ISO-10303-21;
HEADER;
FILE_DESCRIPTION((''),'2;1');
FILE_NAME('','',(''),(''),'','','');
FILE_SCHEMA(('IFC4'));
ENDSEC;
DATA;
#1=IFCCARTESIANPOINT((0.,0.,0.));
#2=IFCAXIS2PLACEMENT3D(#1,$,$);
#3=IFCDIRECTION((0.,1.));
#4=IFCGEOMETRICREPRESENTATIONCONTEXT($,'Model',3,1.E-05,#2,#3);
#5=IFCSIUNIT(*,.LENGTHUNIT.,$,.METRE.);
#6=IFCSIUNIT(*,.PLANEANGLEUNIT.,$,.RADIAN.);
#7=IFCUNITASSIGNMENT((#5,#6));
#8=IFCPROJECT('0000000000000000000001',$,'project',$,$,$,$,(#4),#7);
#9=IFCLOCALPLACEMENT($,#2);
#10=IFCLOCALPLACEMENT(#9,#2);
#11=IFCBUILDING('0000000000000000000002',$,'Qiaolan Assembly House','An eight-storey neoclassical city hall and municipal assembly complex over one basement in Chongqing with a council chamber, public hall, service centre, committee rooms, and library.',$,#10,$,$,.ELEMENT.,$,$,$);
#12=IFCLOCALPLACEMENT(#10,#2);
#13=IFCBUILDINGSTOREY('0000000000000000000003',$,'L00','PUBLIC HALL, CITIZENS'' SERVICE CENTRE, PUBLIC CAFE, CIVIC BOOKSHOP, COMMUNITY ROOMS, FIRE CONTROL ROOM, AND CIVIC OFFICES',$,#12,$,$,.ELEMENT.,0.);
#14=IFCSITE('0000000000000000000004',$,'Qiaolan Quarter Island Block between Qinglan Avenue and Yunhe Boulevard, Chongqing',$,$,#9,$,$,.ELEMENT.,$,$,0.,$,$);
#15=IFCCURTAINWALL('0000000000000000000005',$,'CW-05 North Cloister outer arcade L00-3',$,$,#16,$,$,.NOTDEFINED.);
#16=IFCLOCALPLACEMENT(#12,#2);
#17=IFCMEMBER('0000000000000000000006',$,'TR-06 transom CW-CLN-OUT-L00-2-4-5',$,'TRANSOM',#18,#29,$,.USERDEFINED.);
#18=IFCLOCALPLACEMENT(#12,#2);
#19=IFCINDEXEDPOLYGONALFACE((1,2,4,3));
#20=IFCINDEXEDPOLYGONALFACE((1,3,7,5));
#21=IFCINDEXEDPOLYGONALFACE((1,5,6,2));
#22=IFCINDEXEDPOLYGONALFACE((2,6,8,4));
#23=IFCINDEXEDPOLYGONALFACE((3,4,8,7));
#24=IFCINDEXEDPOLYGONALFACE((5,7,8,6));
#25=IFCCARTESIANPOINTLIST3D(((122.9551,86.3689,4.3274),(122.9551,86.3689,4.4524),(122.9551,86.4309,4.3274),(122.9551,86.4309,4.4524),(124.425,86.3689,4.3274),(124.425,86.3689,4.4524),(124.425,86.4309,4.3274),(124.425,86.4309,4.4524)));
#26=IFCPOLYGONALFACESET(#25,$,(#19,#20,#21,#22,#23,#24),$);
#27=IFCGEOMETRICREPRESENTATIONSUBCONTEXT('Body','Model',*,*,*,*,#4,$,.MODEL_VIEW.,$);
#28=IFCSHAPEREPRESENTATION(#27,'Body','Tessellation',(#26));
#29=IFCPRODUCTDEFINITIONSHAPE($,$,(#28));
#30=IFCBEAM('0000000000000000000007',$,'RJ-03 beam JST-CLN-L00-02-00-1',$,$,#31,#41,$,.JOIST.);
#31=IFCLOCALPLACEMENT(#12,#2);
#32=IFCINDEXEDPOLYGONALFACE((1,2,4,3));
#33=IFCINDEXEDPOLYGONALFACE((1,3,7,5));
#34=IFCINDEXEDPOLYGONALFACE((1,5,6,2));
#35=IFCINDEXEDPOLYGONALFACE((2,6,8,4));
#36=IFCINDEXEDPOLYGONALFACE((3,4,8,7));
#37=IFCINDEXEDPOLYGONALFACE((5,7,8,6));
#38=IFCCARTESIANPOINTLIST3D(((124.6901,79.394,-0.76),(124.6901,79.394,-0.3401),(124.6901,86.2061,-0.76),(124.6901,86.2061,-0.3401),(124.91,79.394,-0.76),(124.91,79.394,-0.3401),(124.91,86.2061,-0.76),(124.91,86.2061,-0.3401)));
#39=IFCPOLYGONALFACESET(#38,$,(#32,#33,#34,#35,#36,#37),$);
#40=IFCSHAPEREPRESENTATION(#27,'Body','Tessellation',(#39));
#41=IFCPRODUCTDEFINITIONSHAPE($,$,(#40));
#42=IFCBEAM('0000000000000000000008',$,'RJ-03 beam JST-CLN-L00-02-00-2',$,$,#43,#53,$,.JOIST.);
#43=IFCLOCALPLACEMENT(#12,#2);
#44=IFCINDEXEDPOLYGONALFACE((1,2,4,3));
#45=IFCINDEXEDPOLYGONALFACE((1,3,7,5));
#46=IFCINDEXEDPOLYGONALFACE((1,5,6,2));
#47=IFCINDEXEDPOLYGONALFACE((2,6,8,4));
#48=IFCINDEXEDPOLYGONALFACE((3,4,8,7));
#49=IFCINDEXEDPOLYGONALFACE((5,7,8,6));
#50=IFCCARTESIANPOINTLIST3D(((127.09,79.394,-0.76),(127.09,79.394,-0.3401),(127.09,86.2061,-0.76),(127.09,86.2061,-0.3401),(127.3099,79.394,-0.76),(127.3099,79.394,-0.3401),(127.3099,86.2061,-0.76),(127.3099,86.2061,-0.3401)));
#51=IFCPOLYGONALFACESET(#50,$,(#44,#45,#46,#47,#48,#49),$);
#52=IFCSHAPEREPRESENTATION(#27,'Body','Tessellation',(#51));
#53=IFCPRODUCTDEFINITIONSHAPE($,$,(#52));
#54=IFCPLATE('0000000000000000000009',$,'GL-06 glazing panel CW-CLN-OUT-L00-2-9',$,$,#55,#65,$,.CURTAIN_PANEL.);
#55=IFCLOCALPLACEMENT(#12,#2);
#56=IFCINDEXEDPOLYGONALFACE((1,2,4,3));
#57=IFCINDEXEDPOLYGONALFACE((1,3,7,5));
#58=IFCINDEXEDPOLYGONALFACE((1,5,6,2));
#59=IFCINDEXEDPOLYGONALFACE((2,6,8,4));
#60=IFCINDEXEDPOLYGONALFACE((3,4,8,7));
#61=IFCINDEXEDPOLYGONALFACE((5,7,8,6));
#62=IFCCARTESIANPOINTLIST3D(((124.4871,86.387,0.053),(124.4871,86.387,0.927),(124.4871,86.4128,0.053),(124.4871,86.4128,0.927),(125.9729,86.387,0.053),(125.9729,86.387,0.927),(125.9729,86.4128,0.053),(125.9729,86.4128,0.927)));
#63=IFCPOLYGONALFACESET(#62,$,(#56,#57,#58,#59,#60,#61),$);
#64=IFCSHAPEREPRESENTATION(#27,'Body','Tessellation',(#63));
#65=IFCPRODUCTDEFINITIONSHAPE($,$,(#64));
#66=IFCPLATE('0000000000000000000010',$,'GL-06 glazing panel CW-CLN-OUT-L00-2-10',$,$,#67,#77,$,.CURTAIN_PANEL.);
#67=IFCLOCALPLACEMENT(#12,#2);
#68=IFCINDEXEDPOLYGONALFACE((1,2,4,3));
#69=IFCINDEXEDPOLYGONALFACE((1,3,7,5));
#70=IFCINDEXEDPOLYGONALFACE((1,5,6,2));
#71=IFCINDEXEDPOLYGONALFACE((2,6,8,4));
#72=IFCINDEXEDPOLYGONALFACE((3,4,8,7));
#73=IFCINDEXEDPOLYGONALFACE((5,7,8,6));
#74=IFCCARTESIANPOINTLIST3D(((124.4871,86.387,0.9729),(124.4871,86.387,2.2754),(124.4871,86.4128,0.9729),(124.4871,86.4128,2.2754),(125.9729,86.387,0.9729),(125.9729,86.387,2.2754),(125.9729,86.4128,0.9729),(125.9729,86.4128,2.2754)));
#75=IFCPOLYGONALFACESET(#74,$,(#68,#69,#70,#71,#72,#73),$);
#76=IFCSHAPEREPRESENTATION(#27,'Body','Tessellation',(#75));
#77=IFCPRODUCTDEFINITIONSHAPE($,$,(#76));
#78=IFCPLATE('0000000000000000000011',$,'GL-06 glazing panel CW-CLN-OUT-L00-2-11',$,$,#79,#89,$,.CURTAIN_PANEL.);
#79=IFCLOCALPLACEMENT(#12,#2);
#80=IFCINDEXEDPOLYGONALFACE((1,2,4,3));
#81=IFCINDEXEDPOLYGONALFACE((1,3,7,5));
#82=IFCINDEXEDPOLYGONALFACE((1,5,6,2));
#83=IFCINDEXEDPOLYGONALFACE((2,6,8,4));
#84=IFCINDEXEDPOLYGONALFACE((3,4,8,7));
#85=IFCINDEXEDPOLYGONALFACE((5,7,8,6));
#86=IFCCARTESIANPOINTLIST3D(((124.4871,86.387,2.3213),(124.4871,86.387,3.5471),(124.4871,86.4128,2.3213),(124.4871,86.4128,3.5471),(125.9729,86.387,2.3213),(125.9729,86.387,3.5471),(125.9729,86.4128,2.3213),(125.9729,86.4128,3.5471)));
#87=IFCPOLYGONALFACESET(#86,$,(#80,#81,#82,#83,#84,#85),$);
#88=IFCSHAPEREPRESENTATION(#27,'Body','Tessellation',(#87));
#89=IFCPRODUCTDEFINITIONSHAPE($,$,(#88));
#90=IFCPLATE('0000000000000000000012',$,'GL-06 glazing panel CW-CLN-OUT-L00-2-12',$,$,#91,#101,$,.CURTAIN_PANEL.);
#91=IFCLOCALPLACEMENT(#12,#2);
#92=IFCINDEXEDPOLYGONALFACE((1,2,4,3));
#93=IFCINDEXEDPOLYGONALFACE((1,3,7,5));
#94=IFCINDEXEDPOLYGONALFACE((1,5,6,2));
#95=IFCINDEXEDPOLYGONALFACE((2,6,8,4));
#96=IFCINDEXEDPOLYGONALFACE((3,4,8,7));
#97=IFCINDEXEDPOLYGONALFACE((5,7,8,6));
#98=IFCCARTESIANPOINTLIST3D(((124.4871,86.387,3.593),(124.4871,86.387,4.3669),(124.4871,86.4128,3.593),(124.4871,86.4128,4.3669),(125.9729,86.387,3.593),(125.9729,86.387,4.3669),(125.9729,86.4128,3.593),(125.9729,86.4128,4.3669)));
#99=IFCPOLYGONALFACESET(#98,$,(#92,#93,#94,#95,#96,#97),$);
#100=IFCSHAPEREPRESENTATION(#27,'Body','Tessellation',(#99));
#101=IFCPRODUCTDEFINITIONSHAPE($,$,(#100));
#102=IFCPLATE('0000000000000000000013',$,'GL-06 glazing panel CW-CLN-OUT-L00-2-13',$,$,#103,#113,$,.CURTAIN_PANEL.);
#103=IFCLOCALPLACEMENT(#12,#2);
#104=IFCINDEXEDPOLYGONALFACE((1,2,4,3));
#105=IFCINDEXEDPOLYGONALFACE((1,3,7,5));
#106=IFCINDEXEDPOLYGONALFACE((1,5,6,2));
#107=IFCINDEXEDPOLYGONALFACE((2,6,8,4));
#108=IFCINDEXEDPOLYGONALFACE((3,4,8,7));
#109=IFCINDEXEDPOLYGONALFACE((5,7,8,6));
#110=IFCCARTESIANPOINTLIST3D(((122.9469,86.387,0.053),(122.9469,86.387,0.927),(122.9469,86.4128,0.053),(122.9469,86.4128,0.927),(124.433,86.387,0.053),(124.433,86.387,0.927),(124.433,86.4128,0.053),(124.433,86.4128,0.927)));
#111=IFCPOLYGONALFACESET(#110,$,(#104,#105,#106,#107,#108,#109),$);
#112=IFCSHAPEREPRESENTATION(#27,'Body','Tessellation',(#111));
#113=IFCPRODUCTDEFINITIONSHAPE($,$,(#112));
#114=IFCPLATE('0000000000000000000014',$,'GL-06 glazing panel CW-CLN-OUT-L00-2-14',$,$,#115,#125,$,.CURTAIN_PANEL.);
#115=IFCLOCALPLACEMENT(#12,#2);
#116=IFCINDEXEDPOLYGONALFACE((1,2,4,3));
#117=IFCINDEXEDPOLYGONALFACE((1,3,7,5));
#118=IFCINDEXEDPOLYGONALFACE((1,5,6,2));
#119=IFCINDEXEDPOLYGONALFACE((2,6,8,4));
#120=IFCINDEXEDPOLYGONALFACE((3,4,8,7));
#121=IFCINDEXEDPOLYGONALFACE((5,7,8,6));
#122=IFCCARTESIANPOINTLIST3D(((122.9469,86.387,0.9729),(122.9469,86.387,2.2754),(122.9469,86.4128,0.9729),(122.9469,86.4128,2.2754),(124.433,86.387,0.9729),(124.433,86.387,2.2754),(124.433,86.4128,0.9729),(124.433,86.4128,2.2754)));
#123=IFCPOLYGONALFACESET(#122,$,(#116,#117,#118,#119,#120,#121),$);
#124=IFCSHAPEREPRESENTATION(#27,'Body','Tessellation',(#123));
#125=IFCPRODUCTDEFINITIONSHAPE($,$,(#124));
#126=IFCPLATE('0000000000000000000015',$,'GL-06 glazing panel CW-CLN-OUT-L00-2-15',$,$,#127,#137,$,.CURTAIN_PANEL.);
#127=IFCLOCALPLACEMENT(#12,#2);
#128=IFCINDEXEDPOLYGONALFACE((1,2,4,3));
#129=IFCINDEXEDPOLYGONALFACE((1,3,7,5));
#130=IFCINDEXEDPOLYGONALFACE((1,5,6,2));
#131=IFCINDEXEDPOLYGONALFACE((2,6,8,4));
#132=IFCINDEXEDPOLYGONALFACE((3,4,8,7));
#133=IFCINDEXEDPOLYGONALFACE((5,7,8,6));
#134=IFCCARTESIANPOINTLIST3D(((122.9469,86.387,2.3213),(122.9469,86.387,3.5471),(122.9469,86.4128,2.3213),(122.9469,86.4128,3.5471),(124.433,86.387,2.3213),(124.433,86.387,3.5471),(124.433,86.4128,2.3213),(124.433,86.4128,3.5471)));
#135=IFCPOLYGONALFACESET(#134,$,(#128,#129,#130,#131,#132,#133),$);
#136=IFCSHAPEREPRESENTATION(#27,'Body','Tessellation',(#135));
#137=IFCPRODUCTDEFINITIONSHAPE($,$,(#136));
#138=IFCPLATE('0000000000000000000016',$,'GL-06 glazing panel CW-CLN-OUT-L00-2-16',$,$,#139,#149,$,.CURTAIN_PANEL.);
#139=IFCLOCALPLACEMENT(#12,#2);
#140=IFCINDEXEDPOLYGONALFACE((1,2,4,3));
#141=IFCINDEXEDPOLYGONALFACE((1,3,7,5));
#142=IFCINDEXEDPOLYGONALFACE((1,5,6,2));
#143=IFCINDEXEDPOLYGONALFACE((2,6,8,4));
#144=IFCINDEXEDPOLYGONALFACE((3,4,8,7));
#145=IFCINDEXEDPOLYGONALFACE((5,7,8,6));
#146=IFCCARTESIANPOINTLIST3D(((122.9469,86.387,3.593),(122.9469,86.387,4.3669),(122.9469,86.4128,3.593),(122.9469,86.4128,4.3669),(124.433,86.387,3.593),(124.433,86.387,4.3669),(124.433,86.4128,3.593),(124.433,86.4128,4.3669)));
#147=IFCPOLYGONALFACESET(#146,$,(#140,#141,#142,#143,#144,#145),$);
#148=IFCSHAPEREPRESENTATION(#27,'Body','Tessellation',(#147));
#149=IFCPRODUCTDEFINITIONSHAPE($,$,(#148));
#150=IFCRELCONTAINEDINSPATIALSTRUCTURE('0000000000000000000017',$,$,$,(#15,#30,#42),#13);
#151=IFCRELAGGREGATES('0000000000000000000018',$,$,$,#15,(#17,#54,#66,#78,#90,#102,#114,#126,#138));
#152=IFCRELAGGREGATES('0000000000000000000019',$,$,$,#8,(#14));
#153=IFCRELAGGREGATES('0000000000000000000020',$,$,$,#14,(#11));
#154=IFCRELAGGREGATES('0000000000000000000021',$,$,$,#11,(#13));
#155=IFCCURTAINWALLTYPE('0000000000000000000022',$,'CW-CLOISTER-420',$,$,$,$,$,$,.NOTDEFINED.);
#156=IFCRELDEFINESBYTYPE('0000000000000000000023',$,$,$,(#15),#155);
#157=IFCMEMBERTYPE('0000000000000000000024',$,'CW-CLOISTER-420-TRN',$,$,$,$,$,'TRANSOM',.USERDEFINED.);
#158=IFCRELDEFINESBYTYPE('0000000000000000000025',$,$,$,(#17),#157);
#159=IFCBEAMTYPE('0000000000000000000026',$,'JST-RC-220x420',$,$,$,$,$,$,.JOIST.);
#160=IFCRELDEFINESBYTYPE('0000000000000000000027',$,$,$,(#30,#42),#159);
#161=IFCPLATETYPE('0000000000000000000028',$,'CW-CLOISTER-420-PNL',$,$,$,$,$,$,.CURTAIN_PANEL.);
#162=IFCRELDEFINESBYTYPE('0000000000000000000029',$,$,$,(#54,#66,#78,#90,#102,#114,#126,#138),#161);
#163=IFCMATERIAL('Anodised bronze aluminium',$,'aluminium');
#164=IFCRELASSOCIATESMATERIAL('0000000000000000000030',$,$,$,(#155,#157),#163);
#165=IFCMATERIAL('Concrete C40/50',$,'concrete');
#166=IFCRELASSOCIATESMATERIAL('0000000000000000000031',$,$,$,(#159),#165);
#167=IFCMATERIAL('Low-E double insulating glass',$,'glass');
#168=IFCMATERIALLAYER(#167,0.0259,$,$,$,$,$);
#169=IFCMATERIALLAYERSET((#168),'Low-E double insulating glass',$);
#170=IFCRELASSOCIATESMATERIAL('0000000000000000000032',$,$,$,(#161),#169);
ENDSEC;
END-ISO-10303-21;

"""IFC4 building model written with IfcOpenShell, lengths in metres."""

from ifc_helpers import new_model, si_unit, direction, frame, frame_2d, origin, origin_2d, place, context, subcontext, project, spatial, rectangle, extrude, material, layer, layer_set, material_profile, profile_set, type_object, element, aggregate, save


model = new_model("IFC4")

# Units and contexts
model_context = context("Model", 3, precision=1e-05, world=origin(), true_north=direction((0.0, 1.0)))
body_context = subcontext(model_context, "Body", "Model", "MODEL_VIEW")
ifc_project = project(units=[si_unit("LENGTHUNIT", "METRE"), si_unit("PLANEANGLEUNIT", "RADIAN")], contexts=[model_context])

# Site, building, storey
site_placement = place(None, origin())
site = spatial("IfcSite", under=ifc_project, at=site_placement, Name="Qiaolan Quarter Island Block between Qinglan Avenue and Yunhe Boulevard, Chongqing", CompositionType="ELEMENT", RefElevation=0.0)
building_placement = place(site_placement, origin())
building = spatial("IfcBuilding", under=site, at=building_placement, Name="Qiaolan Assembly House", Description="An eight-storey neoclassical city hall and municipal assembly complex over one basement in Chongqing with a council chamber, public hall, service centre, committee rooms, and library.", CompositionType="ELEMENT")
storey_placement = place(building_placement, origin())
storey = spatial("IfcBuildingStorey", under=building, at=storey_placement, Name="L00", Description="PUBLIC HALL, CITIZENS' SERVICE CENTRE, PUBLIC CAFE, CIVIC BOOKSHOP, COMMUNITY ROOMS, FIRE CONTROL ROOM, AND CIVIC OFFICES", CompositionType="ELEMENT", Elevation=0.0)

# Curtain wall, member
ifc_material_1 = material(Name="Anodised bronze aluminium", Category="aluminium")
curtain_wall_type = type_object("IfcCurtainWallType", Name="CW-CLOISTER-420", PredefinedType="NOTDEFINED", material=ifc_material_1)
curtain_wall_placement = place(storey_placement, origin())
curtain_wall = element("IfcCurtainWall", 1, at=curtain_wall_placement, inside=storey, type_object=curtain_wall_type, Name="CW-05 North Cloister outer arcade L00-3", PredefinedType="NOTDEFINED")
ifc_material_profile_1 = material_profile(ifc_material_1, rectangle(XDim=0.062, YDim=0.125, at=origin_2d()), Name="TRN 62x125")
ifc_profile_set_1 = profile_set([ifc_material_profile_1], Name="Anodised bronze aluminium")
member_type_1 = type_object("IfcMemberType", Name="CW-CLOISTER-420-TRN", ElementType="TRANSOM", PredefinedType="USERDEFINED", material=ifc_profile_set_1)
member_1_placement = place(storey_placement, frame((124.425, 86.3999, 4.3899), z_axis=(-1.0, 0.0, 0.0), x_axis=(0.0, -1.0, 0.0)))
member_1 = element("IfcMember", 2, at=member_1_placement, type_object=member_type_1, Name="TR-06 transom CW-CLN-OUT-L00-2-4-5", ObjectType="TRANSOM", PredefinedType="USERDEFINED", context=body_context, shape_type="SweptSolid", body=[
    extrude(rectangle(XDim=0.062, YDim=0.125, at=origin_2d()), origin(), (0.0, 0.0, 1.0), 1.47),
])

# Beams
ifc_material_2 = material(Name="Concrete C40/50", Category="concrete")
ifc_material_profile_2 = material_profile(ifc_material_2, rectangle(XDim=0.22, YDim=0.4199, at=origin_2d()), Name="RCB 220x420")
ifc_profile_set_2 = profile_set([ifc_material_profile_2], Name="Concrete C40/50")
beam_type = type_object("IfcBeamType", Name="JST-RC-220x420", PredefinedType="JOIST", material=ifc_profile_set_2)
for number, where, z_axis, x_axis, name in (
    (3, (124.8, 79.394, -0.55), (0.0, 1.0, 0.0), (-1.0, 0.0, 0.0), "RJ-03 beam JST-CLN-L00-02-00-1"),
    (4, (127.2, 79.394, -0.55), (0.0, 1.0, 0.0), (-1.0, 0.0, 0.0), "RJ-03 beam JST-CLN-L00-02-00-2"),
):
    element("IfcBeam", number, at=place(storey_placement, frame(where, z_axis=z_axis, x_axis=x_axis)), inside=storey, type_object=beam_type, Name=name, PredefinedType="JOIST", context=body_context, shape_type="SweptSolid", body=[
        extrude(rectangle(XDim=0.22, YDim=0.4199, at=origin_2d()), origin(), (0.0, 0.0, 1.0), 6.812),
    ])

# Plates
ifc_material_3 = material(Name="Low-E double insulating glass", Category="glass")
ifc_layer = layer(ifc_material_3, 0.0259)
ifc_layer_set = layer_set([ifc_layer], Name="Low-E double insulating glass")
plate_type = type_object("IfcPlateType", Name="CW-CLOISTER-420-PNL", PredefinedType="CURTAIN_PANEL", material=ifc_layer_set)
plate_1_placement = place(storey_placement, frame((125.9729, 86.3999, 0.053), z_axis=(0.0, 0.0, 1.0), x_axis=(-1.0, 0.0, 0.0)))
plate_1 = element("IfcPlate", 5, at=plate_1_placement, type_object=plate_type, Name="GL-06 glazing panel CW-CLN-OUT-L00-2-9", PredefinedType="CURTAIN_PANEL", context=body_context, shape_type="SweptSolid", body=[
    extrude(rectangle(XDim=1.4858, YDim=0.0259, at=frame_2d((0.7429, 0.0))), origin(), (0.0, 0.0, 1.0), 0.874),
])
plate_2_placement = place(storey_placement, frame((125.9729, 86.3999, 0.9729), z_axis=(0.0, 0.0, 1.0), x_axis=(-1.0, 0.0, 0.0)))
plate_2 = element("IfcPlate", 6, at=plate_2_placement, type_object=plate_type, Name="GL-06 glazing panel CW-CLN-OUT-L00-2-10", PredefinedType="CURTAIN_PANEL", context=body_context, shape_type="SweptSolid", body=[
    extrude(rectangle(XDim=1.4858, YDim=0.0259, at=frame_2d((0.7429, 0.0))), origin(), (0.0, 0.0, 1.0), 1.3025),
])
plate_3_placement = place(storey_placement, frame((125.9729, 86.3999, 2.3213), z_axis=(0.0, 0.0, 1.0), x_axis=(-1.0, 0.0, 0.0)))
plate_3 = element("IfcPlate", 7, at=plate_3_placement, type_object=plate_type, Name="GL-06 glazing panel CW-CLN-OUT-L00-2-11", PredefinedType="CURTAIN_PANEL", context=body_context, shape_type="SweptSolid", body=[
    extrude(rectangle(XDim=1.4858, YDim=0.0259, at=frame_2d((0.7429, 0.0))), origin(), (0.0, 0.0, 1.0), 1.2258),
])
plate_4_placement = place(storey_placement, frame((125.9729, 86.3999, 3.593), z_axis=(0.0, 0.0, 1.0), x_axis=(-1.0, 0.0, 0.0)))
plate_4 = element("IfcPlate", 8, at=plate_4_placement, type_object=plate_type, Name="GL-06 glazing panel CW-CLN-OUT-L00-2-12", PredefinedType="CURTAIN_PANEL", context=body_context, shape_type="SweptSolid", body=[
    extrude(rectangle(XDim=1.4858, YDim=0.0259, at=frame_2d((0.7429, 0.0))), origin(), (0.0, 0.0, 1.0), 0.7739),
])
plate_5_placement = place(storey_placement, frame((124.4331, 86.3999, 0.053), z_axis=(0.0, 0.0, 1.0), x_axis=(-1.0, 0.0, 0.0)))
plate_5 = element("IfcPlate", 9, at=plate_5_placement, type_object=plate_type, Name="GL-06 glazing panel CW-CLN-OUT-L00-2-13", PredefinedType="CURTAIN_PANEL", context=body_context, shape_type="SweptSolid", body=[
    extrude(rectangle(XDim=1.4861, YDim=0.0259, at=frame_2d((0.7432, 0.0))), origin(), (0.0, 0.0, 1.0), 0.874),
])
plate_6_placement = place(storey_placement, frame((124.4331, 86.3999, 0.9729), z_axis=(0.0, 0.0, 1.0), x_axis=(-1.0, 0.0, 0.0)))
plate_6 = element("IfcPlate", 10, at=plate_6_placement, type_object=plate_type, Name="GL-06 glazing panel CW-CLN-OUT-L00-2-14", PredefinedType="CURTAIN_PANEL", context=body_context, shape_type="SweptSolid", body=[
    extrude(rectangle(XDim=1.4861, YDim=0.0259, at=frame_2d((0.7432, 0.0))), origin(), (0.0, 0.0, 1.0), 1.3025),
])
plate_7_placement = place(storey_placement, frame((124.4331, 86.3999, 2.3213), z_axis=(0.0, 0.0, 1.0), x_axis=(-1.0, 0.0, 0.0)))
plate_7 = element("IfcPlate", 11, at=plate_7_placement, type_object=plate_type, Name="GL-06 glazing panel CW-CLN-OUT-L00-2-15", PredefinedType="CURTAIN_PANEL", context=body_context, shape_type="SweptSolid", body=[
    extrude(rectangle(XDim=1.4861, YDim=0.0259, at=frame_2d((0.7432, 0.0))), origin(), (0.0, 0.0, 1.0), 1.2258),
])
plate_8_placement = place(storey_placement, frame((124.4331, 86.3999, 3.593), z_axis=(0.0, 0.0, 1.0), x_axis=(-1.0, 0.0, 0.0)))
plate_8 = element("IfcPlate", 12, at=plate_8_placement, type_object=plate_type, Name="GL-06 glazing panel CW-CLN-OUT-L00-2-16", PredefinedType="CURTAIN_PANEL", context=body_context, shape_type="SweptSolid", body=[
    extrude(rectangle(XDim=1.4861, YDim=0.0259, at=frame_2d((0.7432, 0.0))), origin(), (0.0, 0.0, 1.0), 0.7739),
])
aggregate(curtain_wall, [member_1, plate_1, plate_2, plate_3, plate_4, plate_5, plate_6, plate_7, plate_8])

save(model, "model.ifc")
